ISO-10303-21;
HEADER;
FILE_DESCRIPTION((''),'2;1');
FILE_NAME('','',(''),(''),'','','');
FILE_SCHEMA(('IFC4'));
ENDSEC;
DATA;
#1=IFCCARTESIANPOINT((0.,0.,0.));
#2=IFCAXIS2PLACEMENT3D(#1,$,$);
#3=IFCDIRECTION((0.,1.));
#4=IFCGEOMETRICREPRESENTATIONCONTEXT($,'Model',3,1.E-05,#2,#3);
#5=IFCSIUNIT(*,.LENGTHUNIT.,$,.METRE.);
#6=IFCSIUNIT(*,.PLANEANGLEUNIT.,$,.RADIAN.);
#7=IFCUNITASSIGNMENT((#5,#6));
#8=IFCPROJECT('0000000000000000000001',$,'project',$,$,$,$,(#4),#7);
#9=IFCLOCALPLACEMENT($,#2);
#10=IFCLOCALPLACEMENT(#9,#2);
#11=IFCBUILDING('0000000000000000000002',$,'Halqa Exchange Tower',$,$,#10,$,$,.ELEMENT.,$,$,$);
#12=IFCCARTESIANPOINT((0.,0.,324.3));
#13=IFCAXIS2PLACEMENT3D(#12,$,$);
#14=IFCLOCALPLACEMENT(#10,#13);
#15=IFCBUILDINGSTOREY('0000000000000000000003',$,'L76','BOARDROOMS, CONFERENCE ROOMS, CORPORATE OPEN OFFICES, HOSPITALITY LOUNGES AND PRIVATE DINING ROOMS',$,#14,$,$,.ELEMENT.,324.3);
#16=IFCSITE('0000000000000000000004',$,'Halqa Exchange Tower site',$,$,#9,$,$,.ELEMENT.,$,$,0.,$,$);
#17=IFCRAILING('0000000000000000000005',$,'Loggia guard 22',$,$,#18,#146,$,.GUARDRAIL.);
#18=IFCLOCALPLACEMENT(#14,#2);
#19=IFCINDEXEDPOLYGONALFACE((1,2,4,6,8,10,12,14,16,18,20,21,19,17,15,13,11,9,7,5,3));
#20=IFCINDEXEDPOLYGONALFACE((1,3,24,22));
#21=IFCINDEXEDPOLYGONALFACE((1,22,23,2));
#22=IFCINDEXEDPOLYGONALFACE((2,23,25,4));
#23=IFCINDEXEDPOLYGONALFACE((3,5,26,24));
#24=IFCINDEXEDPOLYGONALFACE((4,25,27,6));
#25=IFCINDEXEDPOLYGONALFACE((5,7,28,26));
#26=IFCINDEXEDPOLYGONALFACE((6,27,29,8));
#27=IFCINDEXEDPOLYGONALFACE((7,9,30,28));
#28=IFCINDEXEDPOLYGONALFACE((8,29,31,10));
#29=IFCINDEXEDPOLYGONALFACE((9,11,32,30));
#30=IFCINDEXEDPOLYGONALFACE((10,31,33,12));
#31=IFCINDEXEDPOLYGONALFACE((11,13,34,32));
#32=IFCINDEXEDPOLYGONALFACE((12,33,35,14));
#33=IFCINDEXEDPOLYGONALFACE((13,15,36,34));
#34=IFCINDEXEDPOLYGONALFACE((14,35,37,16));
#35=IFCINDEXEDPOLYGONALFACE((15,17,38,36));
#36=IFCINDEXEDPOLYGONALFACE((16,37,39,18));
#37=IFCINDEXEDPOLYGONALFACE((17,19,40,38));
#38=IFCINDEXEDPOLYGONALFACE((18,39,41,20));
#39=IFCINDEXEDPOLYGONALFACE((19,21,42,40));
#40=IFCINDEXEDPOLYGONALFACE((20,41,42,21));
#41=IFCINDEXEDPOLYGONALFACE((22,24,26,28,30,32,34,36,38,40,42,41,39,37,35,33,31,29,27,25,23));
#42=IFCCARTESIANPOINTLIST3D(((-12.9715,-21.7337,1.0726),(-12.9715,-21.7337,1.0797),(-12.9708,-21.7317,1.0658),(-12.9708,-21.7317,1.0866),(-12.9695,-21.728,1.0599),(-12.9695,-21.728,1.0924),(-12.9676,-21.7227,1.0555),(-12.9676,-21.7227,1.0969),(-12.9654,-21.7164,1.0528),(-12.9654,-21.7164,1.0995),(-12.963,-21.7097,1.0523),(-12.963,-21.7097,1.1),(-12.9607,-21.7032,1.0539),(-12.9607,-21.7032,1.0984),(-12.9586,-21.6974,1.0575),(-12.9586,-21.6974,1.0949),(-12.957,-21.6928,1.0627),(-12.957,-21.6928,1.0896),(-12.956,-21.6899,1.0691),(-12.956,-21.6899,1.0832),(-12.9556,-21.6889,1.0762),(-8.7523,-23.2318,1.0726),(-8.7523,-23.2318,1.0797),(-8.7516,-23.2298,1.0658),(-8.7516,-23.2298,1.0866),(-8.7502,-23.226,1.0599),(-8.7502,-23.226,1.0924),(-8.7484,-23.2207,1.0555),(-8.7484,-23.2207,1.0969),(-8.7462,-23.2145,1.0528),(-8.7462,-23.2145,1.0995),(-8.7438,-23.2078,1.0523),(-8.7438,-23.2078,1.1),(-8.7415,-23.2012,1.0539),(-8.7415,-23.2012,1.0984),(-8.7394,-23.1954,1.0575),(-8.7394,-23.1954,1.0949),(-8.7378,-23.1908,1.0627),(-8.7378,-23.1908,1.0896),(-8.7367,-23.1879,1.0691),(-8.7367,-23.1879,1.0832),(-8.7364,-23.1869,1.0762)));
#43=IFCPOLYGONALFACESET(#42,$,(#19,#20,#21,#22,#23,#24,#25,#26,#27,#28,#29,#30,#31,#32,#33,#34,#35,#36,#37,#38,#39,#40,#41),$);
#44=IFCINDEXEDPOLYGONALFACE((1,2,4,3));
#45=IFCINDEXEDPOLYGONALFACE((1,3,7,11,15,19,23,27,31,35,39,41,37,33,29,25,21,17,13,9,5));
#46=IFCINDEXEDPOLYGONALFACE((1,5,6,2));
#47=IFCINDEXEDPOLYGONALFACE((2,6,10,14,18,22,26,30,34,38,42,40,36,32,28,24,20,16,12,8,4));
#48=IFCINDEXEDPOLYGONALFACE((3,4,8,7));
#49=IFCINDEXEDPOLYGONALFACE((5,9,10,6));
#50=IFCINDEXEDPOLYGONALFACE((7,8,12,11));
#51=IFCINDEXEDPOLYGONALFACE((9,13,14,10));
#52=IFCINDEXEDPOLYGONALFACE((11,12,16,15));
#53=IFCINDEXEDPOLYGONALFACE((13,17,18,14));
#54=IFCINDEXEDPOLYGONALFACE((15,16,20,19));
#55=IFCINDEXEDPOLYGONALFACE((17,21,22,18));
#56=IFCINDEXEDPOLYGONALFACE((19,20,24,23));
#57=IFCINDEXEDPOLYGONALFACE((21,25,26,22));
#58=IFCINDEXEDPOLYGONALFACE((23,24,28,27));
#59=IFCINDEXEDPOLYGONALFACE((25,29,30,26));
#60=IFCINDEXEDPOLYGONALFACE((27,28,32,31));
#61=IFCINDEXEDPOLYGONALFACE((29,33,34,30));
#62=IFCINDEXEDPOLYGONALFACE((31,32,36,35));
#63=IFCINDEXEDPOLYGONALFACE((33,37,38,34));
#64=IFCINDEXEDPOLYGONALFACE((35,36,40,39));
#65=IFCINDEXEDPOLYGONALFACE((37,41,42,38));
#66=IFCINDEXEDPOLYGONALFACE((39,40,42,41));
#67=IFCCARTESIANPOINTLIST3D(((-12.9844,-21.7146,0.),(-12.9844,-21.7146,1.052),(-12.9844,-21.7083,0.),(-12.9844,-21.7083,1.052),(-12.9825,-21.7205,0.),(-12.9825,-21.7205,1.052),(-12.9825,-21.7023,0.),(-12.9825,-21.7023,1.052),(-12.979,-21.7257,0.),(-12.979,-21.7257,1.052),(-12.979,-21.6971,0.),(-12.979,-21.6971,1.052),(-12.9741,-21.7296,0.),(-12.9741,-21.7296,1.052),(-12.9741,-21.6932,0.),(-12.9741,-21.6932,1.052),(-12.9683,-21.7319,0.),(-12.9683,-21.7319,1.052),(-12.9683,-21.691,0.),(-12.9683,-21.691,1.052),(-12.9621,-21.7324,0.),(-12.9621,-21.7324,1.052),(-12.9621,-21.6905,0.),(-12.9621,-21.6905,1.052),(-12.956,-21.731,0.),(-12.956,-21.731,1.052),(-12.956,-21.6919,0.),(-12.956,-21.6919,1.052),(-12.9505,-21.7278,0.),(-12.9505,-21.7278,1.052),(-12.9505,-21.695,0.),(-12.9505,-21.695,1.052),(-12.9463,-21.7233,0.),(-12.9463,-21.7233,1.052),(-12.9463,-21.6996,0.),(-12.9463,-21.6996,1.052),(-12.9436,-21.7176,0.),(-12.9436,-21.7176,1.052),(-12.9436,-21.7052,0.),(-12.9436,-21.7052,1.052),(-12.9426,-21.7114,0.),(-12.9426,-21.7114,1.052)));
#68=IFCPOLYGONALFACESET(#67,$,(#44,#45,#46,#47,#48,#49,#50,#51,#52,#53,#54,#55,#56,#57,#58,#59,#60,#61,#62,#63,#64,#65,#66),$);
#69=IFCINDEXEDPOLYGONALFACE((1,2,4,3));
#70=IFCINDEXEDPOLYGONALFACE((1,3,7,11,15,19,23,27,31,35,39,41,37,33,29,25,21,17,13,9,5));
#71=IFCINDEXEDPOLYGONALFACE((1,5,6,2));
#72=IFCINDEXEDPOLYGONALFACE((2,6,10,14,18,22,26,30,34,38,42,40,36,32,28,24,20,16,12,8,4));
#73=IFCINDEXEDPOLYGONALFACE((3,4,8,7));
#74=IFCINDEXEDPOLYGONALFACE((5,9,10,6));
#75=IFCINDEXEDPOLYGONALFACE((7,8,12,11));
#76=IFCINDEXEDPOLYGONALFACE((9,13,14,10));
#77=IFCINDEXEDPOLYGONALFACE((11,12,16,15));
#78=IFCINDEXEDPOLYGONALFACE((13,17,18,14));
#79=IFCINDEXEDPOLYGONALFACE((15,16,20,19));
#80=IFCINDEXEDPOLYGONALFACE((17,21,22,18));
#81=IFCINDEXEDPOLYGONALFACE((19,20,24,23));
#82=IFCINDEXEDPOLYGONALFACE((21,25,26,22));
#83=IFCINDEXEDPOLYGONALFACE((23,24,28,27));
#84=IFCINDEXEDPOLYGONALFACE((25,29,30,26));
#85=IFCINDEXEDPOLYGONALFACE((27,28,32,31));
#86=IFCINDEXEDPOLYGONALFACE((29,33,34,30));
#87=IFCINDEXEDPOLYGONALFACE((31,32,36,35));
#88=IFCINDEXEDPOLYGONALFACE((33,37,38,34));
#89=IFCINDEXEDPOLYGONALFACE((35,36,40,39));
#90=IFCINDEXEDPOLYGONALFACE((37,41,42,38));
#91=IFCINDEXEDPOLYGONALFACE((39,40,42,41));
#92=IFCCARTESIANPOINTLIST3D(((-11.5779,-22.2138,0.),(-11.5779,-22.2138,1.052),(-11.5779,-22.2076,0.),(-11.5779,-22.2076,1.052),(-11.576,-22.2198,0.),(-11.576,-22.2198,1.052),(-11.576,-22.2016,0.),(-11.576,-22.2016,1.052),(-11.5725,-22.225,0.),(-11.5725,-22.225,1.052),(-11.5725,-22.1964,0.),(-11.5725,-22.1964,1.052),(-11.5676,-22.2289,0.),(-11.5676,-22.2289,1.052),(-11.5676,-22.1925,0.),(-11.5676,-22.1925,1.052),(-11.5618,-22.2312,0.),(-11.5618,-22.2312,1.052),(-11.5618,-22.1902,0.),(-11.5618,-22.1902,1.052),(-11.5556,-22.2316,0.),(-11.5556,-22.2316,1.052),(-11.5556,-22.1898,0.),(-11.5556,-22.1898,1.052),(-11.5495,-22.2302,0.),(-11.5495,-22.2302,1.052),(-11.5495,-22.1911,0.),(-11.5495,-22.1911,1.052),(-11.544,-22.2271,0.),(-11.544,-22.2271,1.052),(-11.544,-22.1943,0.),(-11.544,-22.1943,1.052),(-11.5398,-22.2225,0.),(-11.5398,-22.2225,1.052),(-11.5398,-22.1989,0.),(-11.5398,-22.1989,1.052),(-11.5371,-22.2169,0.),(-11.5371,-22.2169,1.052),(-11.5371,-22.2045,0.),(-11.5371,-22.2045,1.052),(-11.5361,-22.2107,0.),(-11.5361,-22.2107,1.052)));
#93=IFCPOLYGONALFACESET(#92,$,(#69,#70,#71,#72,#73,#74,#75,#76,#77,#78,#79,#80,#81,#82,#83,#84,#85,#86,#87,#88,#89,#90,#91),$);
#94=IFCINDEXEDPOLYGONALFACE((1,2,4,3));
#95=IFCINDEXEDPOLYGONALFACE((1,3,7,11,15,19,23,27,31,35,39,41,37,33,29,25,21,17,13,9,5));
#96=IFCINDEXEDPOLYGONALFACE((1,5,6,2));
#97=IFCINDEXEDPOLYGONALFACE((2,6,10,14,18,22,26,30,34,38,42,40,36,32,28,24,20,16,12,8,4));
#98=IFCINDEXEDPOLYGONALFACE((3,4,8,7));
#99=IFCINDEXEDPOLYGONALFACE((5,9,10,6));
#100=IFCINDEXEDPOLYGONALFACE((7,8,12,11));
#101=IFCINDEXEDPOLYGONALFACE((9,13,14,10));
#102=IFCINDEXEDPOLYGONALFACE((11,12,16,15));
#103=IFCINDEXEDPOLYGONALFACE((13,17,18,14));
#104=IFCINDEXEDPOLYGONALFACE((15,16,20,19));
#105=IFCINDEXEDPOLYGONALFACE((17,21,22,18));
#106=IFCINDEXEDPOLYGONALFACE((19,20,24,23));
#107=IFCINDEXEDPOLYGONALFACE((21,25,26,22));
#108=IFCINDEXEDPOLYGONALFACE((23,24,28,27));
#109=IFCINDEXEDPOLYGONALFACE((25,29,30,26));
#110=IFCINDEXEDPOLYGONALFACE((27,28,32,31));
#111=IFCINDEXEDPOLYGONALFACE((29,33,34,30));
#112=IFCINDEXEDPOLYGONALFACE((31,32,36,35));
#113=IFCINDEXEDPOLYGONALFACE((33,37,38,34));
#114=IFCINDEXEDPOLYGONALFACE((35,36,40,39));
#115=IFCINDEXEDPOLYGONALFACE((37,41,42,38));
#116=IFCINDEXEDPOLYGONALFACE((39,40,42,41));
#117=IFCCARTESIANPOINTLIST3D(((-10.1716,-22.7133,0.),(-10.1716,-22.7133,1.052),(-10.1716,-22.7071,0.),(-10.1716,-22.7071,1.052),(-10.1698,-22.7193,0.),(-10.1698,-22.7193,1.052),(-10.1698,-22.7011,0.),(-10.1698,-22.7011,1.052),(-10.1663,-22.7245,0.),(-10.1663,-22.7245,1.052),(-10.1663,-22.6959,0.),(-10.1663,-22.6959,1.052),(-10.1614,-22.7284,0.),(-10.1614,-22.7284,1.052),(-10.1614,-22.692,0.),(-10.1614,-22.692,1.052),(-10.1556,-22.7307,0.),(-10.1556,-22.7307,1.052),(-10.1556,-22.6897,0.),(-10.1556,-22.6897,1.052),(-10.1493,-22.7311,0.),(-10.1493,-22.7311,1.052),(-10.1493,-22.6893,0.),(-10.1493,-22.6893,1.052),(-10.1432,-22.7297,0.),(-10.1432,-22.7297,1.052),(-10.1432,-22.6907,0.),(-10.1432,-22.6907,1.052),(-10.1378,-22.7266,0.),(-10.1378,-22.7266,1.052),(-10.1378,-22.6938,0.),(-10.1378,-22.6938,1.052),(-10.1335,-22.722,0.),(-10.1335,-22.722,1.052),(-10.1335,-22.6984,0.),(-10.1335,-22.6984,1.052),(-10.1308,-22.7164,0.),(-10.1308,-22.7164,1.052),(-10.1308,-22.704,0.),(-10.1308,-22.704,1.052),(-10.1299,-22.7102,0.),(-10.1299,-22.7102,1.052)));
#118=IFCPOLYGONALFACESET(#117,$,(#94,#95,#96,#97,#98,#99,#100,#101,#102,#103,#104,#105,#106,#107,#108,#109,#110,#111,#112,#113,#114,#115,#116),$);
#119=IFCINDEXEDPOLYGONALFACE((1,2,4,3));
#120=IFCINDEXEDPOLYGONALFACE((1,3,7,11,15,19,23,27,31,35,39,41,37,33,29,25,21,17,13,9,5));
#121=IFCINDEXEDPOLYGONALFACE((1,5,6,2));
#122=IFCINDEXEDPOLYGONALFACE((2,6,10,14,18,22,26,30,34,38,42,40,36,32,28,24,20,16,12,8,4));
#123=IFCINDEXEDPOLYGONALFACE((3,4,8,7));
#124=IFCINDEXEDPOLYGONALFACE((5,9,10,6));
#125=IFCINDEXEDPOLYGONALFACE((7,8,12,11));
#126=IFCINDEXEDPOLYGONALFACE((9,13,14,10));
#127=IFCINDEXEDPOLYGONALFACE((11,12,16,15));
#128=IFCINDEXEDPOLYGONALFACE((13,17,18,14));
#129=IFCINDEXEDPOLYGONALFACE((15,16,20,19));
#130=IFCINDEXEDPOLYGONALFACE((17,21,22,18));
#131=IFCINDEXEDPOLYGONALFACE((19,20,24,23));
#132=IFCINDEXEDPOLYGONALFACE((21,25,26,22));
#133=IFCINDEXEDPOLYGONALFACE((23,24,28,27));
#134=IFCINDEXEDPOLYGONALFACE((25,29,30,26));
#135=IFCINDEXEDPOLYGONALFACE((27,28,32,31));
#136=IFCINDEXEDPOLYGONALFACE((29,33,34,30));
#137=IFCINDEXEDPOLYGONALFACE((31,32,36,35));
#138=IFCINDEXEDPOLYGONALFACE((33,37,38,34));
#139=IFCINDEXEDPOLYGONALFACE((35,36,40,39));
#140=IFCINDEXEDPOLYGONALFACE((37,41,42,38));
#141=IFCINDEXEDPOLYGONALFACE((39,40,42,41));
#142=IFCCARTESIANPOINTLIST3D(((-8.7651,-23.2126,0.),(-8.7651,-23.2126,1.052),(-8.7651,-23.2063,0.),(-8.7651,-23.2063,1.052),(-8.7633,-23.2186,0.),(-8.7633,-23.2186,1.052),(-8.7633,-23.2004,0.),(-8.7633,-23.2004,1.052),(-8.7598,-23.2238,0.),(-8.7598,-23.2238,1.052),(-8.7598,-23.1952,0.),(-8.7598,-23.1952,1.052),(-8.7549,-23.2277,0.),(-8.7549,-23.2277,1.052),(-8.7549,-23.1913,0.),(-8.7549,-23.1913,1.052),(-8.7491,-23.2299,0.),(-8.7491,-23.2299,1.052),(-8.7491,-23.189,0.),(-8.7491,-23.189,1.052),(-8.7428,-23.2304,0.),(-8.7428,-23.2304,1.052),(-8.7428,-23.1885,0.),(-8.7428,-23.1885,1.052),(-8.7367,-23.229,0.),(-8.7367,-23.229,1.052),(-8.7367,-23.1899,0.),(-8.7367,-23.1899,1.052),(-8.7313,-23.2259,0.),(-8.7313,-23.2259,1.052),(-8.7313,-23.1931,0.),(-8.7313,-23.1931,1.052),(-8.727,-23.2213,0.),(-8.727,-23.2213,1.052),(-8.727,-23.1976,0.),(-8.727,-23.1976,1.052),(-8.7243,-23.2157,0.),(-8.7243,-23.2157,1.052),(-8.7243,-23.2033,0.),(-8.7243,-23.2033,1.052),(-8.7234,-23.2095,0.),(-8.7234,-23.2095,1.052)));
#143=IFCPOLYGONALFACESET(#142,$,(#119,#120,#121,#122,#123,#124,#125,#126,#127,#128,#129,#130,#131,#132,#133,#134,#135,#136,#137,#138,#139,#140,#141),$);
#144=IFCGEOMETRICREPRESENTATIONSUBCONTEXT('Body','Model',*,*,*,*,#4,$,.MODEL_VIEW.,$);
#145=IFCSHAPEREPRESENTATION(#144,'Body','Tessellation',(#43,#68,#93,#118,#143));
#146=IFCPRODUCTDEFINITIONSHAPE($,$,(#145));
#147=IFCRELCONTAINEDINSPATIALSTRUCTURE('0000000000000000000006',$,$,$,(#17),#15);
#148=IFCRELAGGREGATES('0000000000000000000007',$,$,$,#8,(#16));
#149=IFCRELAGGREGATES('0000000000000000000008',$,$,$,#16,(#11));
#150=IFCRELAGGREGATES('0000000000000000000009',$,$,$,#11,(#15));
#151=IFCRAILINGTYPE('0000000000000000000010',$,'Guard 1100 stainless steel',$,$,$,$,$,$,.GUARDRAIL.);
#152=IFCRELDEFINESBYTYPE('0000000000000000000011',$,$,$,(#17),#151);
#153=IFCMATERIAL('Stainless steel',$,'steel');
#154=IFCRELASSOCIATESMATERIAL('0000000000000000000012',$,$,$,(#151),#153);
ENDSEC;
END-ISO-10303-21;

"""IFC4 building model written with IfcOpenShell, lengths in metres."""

from ifc_helpers import new_model, si_unit, direction, frame, origin, origin_2d, place, context, subcontext, project, spatial, circle, extrude, material, type_object, element, save


model = new_model("IFC4")

# Units and contexts
model_context = context("Model", 3, precision=1e-05, world=origin(), true_north=direction((0.0, 1.0)))
body_context = subcontext(model_context, "Body", "Model", "MODEL_VIEW")
ifc_project = project(units=[si_unit("LENGTHUNIT", "METRE"), si_unit("PLANEANGLEUNIT", "RADIAN")], contexts=[model_context])

# Site, building, storey
site_placement = place(None, origin())
site = spatial("IfcSite", under=ifc_project, at=site_placement, Name="Halqa Exchange Tower site", CompositionType="ELEMENT", RefElevation=0.0)
building_placement = place(site_placement, origin())
building = spatial("IfcBuilding", under=site, at=building_placement, Name="Halqa Exchange Tower", CompositionType="ELEMENT")
storey_placement = place(building_placement, frame((0.0, 0.0, 324.3)))
storey = spatial("IfcBuildingStorey", under=building, at=storey_placement, Name="L76", Description="BOARDROOMS, CONFERENCE ROOMS, CORPORATE OPEN OFFICES, HOSPITALITY LOUNGES AND PRIVATE DINING ROOMS", CompositionType="ELEMENT", Elevation=324.3)

# Railing
ifc_material_1 = material(Name="Stainless steel", Category="steel")
railing_type = type_object("IfcRailingType", Name="Guard 1100 stainless steel", PredefinedType="GUARDRAIL", material=ifc_material_1)
railing_1_placement = place(storey_placement, frame((-12.9636, -21.7114, 0.0)))
element("IfcRailing", 1, at=railing_1_placement, inside=storey, type_object=railing_type, Name="Loggia guard 22", PredefinedType="GUARDRAIL", context=body_context, shape_type="SweptSolid", body=[
    extrude(circle(Radius=0.0239, at=origin_2d()), frame((0.0, 0.0, 1.0762), z_axis=(0.942365, -0.334588, 0.0), x_axis=(0.334588, 0.942365, 0.0)), (0.0, 0.0, 1.0), 4.4773),
    extrude(circle(Radius=0.021, at=origin_2d()), origin(), (0.0, 0.0, 1.0), 1.052),
    extrude(circle(Radius=0.021, at=origin_2d()), frame((1.4065, -0.4993, 0.0)), (0.0, 0.0, 1.0), 1.052),
    extrude(circle(Radius=0.021, at=origin_2d()), frame((2.8127, -0.9988, 0.0)), (0.0, 0.0, 1.0), 1.052),
    extrude(circle(Radius=0.021, at=origin_2d()), frame((4.2192, -1.498, 0.0)), (0.0, 0.0, 1.0), 1.052),
])

save(model, "model.ifc")
